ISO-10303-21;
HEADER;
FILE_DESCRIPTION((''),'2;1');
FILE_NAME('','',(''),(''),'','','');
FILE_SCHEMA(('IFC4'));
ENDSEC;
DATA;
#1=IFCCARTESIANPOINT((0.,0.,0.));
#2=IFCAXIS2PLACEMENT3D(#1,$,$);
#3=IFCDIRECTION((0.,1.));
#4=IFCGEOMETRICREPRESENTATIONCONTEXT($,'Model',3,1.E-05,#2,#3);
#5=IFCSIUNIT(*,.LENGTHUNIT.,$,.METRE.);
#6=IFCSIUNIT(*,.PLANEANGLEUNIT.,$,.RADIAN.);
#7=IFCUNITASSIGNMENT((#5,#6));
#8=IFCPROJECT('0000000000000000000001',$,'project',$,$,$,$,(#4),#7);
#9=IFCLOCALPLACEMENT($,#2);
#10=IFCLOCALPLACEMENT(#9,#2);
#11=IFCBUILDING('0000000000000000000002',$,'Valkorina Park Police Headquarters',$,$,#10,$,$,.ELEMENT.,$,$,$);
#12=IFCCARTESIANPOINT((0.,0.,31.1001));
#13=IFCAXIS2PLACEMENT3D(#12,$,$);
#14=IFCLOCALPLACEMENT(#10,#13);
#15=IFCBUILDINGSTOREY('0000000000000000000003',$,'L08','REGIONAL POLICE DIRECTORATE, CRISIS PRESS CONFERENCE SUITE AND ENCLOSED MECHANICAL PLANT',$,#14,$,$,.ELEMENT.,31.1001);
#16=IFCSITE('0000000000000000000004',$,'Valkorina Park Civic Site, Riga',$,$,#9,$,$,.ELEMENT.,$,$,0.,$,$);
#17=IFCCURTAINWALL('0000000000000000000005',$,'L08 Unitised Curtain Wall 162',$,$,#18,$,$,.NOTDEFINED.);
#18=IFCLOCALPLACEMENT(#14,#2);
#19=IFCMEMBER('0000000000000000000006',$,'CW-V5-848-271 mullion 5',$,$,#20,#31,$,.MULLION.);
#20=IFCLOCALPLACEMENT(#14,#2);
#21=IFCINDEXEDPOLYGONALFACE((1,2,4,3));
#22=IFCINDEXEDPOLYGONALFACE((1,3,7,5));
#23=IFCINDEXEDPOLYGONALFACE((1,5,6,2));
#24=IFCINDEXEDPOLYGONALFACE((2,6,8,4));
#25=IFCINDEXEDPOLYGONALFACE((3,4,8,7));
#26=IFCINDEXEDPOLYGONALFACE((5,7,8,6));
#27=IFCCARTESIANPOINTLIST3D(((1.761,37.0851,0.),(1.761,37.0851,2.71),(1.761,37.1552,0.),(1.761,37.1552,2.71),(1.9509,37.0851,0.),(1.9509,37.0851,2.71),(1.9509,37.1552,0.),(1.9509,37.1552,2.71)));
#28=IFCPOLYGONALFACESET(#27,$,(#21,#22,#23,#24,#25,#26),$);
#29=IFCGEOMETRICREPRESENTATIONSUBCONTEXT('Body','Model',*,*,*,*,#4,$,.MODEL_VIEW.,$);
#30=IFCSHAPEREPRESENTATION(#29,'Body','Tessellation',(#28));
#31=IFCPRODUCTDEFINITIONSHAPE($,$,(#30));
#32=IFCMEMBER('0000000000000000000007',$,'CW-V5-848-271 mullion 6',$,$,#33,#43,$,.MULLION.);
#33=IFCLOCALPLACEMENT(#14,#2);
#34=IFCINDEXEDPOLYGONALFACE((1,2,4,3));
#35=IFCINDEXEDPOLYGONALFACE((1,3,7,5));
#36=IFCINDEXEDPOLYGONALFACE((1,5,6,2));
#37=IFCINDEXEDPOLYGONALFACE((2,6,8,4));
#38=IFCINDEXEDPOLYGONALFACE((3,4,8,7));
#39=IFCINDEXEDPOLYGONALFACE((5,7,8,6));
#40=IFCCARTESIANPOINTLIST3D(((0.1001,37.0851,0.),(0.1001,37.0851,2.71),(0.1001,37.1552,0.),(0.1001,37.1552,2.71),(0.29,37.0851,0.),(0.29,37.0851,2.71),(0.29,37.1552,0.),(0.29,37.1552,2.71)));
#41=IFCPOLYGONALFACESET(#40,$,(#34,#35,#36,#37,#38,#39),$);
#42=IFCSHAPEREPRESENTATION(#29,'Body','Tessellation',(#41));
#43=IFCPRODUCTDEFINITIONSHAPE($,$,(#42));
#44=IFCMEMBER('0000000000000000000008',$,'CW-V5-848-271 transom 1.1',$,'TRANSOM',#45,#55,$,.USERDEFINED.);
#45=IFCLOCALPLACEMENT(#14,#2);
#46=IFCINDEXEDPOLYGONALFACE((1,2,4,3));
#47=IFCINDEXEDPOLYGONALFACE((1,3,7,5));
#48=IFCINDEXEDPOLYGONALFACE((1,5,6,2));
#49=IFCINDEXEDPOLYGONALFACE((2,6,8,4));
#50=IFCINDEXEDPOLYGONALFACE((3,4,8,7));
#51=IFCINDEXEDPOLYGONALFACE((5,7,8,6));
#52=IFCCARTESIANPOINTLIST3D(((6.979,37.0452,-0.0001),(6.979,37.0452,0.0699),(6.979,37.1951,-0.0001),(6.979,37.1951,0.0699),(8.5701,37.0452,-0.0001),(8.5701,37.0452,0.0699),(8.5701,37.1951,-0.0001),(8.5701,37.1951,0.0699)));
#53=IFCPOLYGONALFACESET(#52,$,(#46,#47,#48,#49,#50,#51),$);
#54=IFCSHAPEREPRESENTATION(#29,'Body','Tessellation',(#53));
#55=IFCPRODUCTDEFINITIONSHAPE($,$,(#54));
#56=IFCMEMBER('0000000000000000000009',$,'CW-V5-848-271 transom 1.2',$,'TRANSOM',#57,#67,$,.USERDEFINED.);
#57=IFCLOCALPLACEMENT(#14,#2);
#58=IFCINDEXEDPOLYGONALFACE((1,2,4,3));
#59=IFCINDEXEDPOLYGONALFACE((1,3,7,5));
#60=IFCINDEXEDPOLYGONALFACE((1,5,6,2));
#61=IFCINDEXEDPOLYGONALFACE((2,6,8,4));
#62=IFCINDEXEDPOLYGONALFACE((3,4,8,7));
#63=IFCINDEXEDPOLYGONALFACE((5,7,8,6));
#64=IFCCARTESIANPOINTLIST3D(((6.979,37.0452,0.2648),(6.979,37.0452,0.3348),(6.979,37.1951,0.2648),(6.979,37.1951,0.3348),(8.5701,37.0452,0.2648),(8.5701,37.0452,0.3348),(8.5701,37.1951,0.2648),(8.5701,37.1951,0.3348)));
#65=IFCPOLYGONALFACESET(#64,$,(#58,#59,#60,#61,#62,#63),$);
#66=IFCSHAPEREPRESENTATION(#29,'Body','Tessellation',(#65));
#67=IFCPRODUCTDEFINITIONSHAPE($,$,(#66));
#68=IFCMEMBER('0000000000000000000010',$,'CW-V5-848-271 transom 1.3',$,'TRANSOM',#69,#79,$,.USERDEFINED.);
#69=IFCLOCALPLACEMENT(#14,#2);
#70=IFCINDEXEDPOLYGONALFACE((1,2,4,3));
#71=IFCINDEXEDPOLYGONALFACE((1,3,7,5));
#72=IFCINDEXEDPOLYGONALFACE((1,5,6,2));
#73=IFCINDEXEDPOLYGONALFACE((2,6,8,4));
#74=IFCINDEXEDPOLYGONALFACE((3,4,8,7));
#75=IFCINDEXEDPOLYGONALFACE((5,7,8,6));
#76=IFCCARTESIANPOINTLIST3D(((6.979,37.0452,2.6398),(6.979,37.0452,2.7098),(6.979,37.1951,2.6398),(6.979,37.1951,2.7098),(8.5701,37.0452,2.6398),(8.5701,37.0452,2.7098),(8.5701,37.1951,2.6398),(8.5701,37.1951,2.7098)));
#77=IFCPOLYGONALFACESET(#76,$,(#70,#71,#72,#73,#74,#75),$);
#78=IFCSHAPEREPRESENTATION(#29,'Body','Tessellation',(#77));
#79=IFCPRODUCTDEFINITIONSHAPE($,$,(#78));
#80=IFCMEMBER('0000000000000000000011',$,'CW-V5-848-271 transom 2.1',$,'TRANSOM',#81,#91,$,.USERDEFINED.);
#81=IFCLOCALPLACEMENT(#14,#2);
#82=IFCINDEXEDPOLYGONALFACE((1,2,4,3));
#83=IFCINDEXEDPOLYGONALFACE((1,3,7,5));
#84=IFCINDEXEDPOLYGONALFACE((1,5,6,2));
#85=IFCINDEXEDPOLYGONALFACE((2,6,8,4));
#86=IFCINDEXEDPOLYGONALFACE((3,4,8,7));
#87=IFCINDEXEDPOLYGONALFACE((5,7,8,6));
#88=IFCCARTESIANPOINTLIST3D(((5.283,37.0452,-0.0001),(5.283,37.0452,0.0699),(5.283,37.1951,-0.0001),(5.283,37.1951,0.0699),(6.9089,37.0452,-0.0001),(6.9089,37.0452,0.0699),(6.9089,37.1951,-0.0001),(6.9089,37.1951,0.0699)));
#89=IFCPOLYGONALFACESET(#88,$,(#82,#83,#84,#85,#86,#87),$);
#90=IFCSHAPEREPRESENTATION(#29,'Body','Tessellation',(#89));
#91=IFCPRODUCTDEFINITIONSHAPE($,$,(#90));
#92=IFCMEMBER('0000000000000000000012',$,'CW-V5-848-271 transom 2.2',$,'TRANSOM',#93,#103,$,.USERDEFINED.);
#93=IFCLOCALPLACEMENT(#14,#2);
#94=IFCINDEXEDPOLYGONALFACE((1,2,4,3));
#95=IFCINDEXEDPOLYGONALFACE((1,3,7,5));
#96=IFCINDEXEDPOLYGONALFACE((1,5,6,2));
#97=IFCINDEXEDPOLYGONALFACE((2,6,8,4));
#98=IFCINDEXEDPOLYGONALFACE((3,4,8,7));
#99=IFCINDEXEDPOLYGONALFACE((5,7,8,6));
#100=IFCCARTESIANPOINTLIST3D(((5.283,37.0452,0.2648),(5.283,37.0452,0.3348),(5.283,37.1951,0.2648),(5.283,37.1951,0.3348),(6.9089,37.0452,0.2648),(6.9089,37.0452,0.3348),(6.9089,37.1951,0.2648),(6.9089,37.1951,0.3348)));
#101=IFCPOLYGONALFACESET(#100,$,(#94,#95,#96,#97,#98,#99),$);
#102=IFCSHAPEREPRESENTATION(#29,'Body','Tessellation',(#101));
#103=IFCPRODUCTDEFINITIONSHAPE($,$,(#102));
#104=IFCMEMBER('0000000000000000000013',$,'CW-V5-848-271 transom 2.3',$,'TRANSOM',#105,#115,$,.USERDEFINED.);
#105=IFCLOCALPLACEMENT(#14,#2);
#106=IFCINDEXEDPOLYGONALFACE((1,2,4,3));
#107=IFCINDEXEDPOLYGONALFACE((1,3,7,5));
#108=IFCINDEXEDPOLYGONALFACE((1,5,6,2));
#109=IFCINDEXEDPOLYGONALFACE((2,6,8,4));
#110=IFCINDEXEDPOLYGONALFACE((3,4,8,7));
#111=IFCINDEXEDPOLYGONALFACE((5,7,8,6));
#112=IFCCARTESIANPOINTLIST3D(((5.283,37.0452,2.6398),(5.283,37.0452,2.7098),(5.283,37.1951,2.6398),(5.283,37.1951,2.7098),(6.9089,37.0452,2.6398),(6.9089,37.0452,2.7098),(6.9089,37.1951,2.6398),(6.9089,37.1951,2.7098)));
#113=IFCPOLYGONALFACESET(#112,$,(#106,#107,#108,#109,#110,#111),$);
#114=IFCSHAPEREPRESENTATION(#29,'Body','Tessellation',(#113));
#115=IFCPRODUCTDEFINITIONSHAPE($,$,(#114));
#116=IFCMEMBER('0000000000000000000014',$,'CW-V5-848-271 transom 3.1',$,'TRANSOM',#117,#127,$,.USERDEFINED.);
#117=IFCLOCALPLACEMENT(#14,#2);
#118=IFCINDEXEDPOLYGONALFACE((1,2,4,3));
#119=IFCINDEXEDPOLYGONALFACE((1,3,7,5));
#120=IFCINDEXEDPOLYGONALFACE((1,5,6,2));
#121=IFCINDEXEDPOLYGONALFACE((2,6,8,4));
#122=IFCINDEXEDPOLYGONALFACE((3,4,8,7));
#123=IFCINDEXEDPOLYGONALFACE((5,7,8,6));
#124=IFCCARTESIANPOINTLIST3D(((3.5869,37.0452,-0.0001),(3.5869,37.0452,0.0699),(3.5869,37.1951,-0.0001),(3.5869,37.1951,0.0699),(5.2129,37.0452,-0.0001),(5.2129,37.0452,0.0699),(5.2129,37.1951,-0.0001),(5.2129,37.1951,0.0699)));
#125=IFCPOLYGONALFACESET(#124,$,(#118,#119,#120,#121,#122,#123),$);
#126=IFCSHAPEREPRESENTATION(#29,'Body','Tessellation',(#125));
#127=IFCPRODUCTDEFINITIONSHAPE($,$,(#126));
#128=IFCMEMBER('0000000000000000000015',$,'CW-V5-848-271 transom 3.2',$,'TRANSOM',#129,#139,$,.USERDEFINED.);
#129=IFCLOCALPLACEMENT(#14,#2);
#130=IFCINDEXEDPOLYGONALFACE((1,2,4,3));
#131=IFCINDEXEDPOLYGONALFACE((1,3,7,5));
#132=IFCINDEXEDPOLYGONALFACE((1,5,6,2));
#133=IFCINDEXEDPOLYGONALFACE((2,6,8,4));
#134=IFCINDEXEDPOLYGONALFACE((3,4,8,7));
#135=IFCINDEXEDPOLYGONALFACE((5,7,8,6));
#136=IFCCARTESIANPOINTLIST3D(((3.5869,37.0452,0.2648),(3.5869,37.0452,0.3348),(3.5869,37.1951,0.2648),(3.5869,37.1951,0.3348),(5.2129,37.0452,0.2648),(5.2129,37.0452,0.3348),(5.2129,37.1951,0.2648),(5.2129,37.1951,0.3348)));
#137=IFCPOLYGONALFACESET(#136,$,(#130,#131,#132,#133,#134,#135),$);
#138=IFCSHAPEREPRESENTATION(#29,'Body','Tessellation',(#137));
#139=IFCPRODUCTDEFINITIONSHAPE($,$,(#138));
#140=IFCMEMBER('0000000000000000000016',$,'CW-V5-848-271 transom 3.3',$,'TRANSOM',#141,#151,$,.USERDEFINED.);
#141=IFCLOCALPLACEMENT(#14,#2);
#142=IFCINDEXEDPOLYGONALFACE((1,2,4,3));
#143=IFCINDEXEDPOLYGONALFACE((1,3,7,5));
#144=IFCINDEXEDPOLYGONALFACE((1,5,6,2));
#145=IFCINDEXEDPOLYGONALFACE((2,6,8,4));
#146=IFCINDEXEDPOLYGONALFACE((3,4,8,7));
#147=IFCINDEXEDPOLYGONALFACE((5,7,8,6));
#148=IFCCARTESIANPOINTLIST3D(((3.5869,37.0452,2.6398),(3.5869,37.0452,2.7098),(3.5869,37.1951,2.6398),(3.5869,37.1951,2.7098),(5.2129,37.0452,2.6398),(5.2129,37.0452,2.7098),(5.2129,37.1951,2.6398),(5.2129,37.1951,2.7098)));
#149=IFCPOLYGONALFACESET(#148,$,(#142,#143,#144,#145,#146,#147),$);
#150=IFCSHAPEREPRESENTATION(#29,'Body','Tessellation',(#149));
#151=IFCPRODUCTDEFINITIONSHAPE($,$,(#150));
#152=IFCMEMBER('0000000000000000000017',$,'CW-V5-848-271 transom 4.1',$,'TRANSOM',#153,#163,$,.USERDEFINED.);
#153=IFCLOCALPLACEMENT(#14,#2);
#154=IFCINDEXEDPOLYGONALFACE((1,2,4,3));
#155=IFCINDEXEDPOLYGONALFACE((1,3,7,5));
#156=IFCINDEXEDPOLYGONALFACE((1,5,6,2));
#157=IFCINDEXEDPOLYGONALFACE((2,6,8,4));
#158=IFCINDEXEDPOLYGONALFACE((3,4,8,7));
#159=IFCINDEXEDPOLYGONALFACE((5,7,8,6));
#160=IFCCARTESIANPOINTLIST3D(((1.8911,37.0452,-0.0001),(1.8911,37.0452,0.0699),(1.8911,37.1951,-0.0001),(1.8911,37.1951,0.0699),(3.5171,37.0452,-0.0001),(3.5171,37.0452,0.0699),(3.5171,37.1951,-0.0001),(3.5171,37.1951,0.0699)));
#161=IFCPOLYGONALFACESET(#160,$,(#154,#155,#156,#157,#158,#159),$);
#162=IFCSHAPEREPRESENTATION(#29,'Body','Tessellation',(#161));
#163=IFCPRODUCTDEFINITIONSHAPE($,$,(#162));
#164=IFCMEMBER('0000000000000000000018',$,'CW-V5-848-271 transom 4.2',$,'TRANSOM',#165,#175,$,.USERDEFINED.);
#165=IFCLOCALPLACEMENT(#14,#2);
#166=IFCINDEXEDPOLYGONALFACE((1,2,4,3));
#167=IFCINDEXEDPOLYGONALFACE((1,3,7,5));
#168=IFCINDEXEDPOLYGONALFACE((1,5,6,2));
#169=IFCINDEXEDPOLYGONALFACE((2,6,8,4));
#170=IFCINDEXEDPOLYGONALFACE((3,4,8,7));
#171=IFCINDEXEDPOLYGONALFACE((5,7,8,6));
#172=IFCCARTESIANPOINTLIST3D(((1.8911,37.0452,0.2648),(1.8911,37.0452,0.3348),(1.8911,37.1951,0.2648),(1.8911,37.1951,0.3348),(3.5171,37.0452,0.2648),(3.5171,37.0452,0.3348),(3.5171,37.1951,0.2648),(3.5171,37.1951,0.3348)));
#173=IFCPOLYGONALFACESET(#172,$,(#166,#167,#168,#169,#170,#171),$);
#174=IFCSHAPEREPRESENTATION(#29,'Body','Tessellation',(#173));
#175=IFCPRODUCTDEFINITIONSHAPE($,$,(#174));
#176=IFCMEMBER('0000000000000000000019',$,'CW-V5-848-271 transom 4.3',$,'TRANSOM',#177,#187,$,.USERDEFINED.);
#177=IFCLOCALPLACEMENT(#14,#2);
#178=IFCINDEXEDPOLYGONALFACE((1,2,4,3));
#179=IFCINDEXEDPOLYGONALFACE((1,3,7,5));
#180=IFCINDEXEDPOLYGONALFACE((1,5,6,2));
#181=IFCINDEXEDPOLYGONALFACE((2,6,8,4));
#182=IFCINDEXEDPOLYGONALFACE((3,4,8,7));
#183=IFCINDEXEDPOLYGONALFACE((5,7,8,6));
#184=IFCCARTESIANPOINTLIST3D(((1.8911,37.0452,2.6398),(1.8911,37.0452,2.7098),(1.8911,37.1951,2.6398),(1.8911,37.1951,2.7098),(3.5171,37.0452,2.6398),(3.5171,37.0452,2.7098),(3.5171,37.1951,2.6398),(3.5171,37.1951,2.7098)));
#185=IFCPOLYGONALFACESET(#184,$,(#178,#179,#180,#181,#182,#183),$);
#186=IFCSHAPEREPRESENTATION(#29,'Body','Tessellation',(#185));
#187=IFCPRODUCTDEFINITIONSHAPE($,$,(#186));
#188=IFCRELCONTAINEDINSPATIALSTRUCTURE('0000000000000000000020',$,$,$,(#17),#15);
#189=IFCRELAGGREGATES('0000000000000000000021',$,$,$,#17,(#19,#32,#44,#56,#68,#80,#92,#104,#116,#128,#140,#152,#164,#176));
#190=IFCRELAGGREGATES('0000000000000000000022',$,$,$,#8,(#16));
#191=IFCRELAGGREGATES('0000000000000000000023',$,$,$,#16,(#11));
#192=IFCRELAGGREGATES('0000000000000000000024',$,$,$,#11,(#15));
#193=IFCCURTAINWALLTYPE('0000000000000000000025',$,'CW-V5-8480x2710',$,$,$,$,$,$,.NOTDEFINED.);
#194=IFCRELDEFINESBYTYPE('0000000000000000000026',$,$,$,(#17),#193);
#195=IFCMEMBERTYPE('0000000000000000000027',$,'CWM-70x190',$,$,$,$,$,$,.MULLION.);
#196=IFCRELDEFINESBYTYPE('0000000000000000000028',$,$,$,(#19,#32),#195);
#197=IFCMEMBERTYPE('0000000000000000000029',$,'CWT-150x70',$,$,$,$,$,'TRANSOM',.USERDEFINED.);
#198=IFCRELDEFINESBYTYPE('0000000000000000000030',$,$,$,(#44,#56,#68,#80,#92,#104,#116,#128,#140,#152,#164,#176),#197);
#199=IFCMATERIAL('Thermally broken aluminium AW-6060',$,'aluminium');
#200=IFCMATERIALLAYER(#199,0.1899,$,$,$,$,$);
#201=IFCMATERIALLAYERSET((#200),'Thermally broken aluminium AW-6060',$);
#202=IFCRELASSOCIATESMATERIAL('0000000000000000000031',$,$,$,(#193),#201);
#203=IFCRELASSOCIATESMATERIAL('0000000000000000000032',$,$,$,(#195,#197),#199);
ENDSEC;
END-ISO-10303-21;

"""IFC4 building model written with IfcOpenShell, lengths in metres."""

from ifc_helpers import new_model, si_unit, direction, frame, origin, origin_2d, place, context, subcontext, project, spatial, rectangle, extrude, material, layer, layer_set, material_profile, profile_set, type_object, element, aggregate, save


model = new_model("IFC4")

# Units and contexts
model_context = context("Model", 3, precision=1e-05, world=origin(), true_north=direction((0.0, 1.0)))
body_context = subcontext(model_context, "Body", "Model", "MODEL_VIEW")
ifc_project = project(units=[si_unit("LENGTHUNIT", "METRE"), si_unit("PLANEANGLEUNIT", "RADIAN")], contexts=[model_context])

# Site, building, storey
site_placement = place(None, origin())
site = spatial("IfcSite", under=ifc_project, at=site_placement, Name="Valkorina Park Civic Site, Riga", CompositionType="ELEMENT", RefElevation=0.0)
building_placement = place(site_placement, origin())
building = spatial("IfcBuilding", under=site, at=building_placement, Name="Valkorina Park Police Headquarters", CompositionType="ELEMENT")
storey_placement = place(building_placement, frame((0.0, 0.0, 31.1001)))
storey = spatial("IfcBuildingStorey", under=building, at=storey_placement, Name="L08", Description="REGIONAL POLICE DIRECTORATE, CRISIS PRESS CONFERENCE SUITE AND ENCLOSED MECHANICAL PLANT", CompositionType="ELEMENT", Elevation=31.1001)

# Curtain wall, members
ifc_material_1 = material(Name="Thermally broken aluminium AW-6060", Category="aluminium")
ifc_layer_1 = layer(ifc_material_1, 0.1899)
ifc_layer_set_1 = layer_set([ifc_layer_1], Name="Thermally broken aluminium AW-6060")
curtain_wall_type = type_object("IfcCurtainWallType", Name="CW-V5-8480x2710", PredefinedType="NOTDEFINED", material=ifc_layer_set_1)
curtain_wall_placement = place(storey_placement, origin())
curtain_wall = element("IfcCurtainWall", 1, at=curtain_wall_placement, inside=storey, type_object=curtain_wall_type, Name="L08 Unitised Curtain Wall 162", PredefinedType="NOTDEFINED")
ifc_material_profile_1 = material_profile(ifc_material_1, rectangle(XDim=0.0701, YDim=0.1899, at=origin_2d()), Name="CWM-02 70x190")
ifc_profile_set_1 = profile_set([ifc_material_profile_1], Name="Thermally broken aluminium AW-6060")
member_type_1 = type_object("IfcMemberType", Name="CWM-70x190", PredefinedType="MULLION", material=ifc_profile_set_1)
member_1_placement = place(storey_placement, frame((1.856, 37.1201, 0.0), z_axis=(0.0, 0.0, 1.0), x_axis=(0.0, -1.0, 0.0)))
member_1 = element("IfcMember", 2, at=member_1_placement, type_object=member_type_1, Name="CW-V5-848-271 mullion 5", PredefinedType="MULLION", context=body_context, shape_type="SweptSolid", body=[
    extrude(rectangle(XDim=0.0701, YDim=0.1899, at=origin_2d()), origin(), (0.0, 0.0, 1.0), 2.71),
])
member_2_placement = place(storey_placement, frame((0.1951, 37.1201, 0.0), z_axis=(0.0, 0.0, 1.0), x_axis=(0.0, -1.0, 0.0)))
member_2 = element("IfcMember", 3, at=member_2_placement, type_object=member_type_1, Name="CW-V5-848-271 mullion 6", PredefinedType="MULLION", context=body_context, shape_type="SweptSolid", body=[
    extrude(rectangle(XDim=0.0701, YDim=0.1899, at=origin_2d()), origin(), (0.0, 0.0, 1.0), 2.71),
])
ifc_material_profile_2 = material_profile(ifc_material_1, rectangle(XDim=0.1499, YDim=0.0701, at=origin_2d()), Name="CWT-02 150x70")
ifc_profile_set_2 = profile_set([ifc_material_profile_2], Name="Thermally broken aluminium AW-6060")
member_type_2 = type_object("IfcMemberType", Name="CWT-150x70", ElementType="TRANSOM", PredefinedType="USERDEFINED", material=ifc_profile_set_2)
member_3_placement = place(storey_placement, frame((8.5701, 37.1201, 0.0349), z_axis=(-1.0, 0.0, 0.0), x_axis=(0.0, -1.0, 0.0)))
member_3 = element("IfcMember", 4, at=member_3_placement, type_object=member_type_2, Name="CW-V5-848-271 transom 1.1", ObjectType="TRANSOM", PredefinedType="USERDEFINED", context=body_context, shape_type="SweptSolid", body=[
    extrude(rectangle(XDim=0.1499, YDim=0.0701, at=origin_2d()), origin(), (0.0, 0.0, 1.0), 1.5911),
])
member_4_placement = place(storey_placement, frame((8.5701, 37.1201, 0.2998), z_axis=(-1.0, 0.0, 0.0), x_axis=(0.0, -1.0, 0.0)))
member_4 = element("IfcMember", 5, at=member_4_placement, type_object=member_type_2, Name="CW-V5-848-271 transom 1.2", ObjectType="TRANSOM", PredefinedType="USERDEFINED", context=body_context, shape_type="SweptSolid", body=[
    extrude(rectangle(XDim=0.1499, YDim=0.0701, at=origin_2d()), origin(), (0.0, 0.0, 1.0), 1.5911),
])
member_5_placement = place(storey_placement, frame((8.5701, 37.1201, 2.6748), z_axis=(-1.0, 0.0, 0.0), x_axis=(0.0, -1.0, 0.0)))
member_5 = element("IfcMember", 6, at=member_5_placement, type_object=member_type_2, Name="CW-V5-848-271 transom 1.3", ObjectType="TRANSOM", PredefinedType="USERDEFINED", context=body_context, shape_type="SweptSolid", body=[
    extrude(rectangle(XDim=0.1499, YDim=0.0701, at=origin_2d()), origin(), (0.0, 0.0, 1.0), 1.5911),
])
member_6_placement = place(storey_placement, frame((6.9089, 37.1201, 0.0349), z_axis=(-1.0, 0.0, 0.0), x_axis=(0.0, -1.0, 0.0)))
member_6 = element("IfcMember", 7, at=member_6_placement, type_object=member_type_2, Name="CW-V5-848-271 transom 2.1", ObjectType="TRANSOM", PredefinedType="USERDEFINED", context=body_context, shape_type="SweptSolid", body=[
    extrude(rectangle(XDim=0.1499, YDim=0.0701, at=origin_2d()), origin(), (0.0, 0.0, 1.0), 1.626),
])
member_7_placement = place(storey_placement, frame((6.9089, 37.1201, 0.2998), z_axis=(-1.0, 0.0, 0.0), x_axis=(0.0, -1.0, 0.0)))
member_7 = element("IfcMember", 8, at=member_7_placement, type_object=member_type_2, Name="CW-V5-848-271 transom 2.2", ObjectType="TRANSOM", PredefinedType="USERDEFINED", context=body_context, shape_type="SweptSolid", body=[
    extrude(rectangle(XDim=0.1499, YDim=0.0701, at=origin_2d()), origin(), (0.0, 0.0, 1.0), 1.626),
])
member_8_placement = place(storey_placement, frame((6.9089, 37.1201, 2.6748), z_axis=(-1.0, 0.0, 0.0), x_axis=(0.0, -1.0, 0.0)))
member_8 = element("IfcMember", 9, at=member_8_placement, type_object=member_type_2, Name="CW-V5-848-271 transom 2.3", ObjectType="TRANSOM", PredefinedType="USERDEFINED", context=body_context, shape_type="SweptSolid", body=[
    extrude(rectangle(XDim=0.1499, YDim=0.0701, at=origin_2d()), origin(), (0.0, 0.0, 1.0), 1.626),
])
member_9_placement = place(storey_placement, frame((5.2129, 37.1201, 0.0349), z_axis=(-1.0, 0.0, 0.0), x_axis=(0.0, -1.0, 0.0)))
member_9 = element("IfcMember", 10, at=member_9_placement, type_object=member_type_2, Name="CW-V5-848-271 transom 3.1", ObjectType="TRANSOM", PredefinedType="USERDEFINED", context=body_context, shape_type="SweptSolid", body=[
    extrude(rectangle(XDim=0.1499, YDim=0.0701, at=origin_2d()), origin(), (0.0, 0.0, 1.0), 1.626),
])
member_10_placement = place(storey_placement, frame((5.2129, 37.1201, 0.2998), z_axis=(-1.0, 0.0, 0.0), x_axis=(0.0, -1.0, 0.0)))
member_10 = element("IfcMember", 11, at=member_10_placement, type_object=member_type_2, Name="CW-V5-848-271 transom 3.2", ObjectType="TRANSOM", PredefinedType="USERDEFINED", context=body_context, shape_type="SweptSolid", body=[
    extrude(rectangle(XDim=0.1499, YDim=0.0701, at=origin_2d()), origin(), (0.0, 0.0, 1.0), 1.626),
])
member_11_placement = place(storey_placement, frame((5.2129, 37.1201, 2.6748), z_axis=(-1.0, 0.0, 0.0), x_axis=(0.0, -1.0, 0.0)))
member_11 = element("IfcMember", 12, at=member_11_placement, type_object=member_type_2, Name="CW-V5-848-271 transom 3.3", ObjectType="TRANSOM", PredefinedType="USERDEFINED", context=body_context, shape_type="SweptSolid", body=[
    extrude(rectangle(XDim=0.1499, YDim=0.0701, at=origin_2d()), origin(), (0.0, 0.0, 1.0), 1.626),
])
member_12_placement = place(storey_placement, frame((3.5171, 37.1201, 0.0349), z_axis=(-1.0, 0.0, 0.0), x_axis=(0.0, -1.0, 0.0)))
member_12 = element("IfcMember", 13, at=member_12_placement, type_object=member_type_2, Name="CW-V5-848-271 transom 4.1", ObjectType="TRANSOM", PredefinedType="USERDEFINED", context=body_context, shape_type="SweptSolid", body=[
    extrude(rectangle(XDim=0.1499, YDim=0.0701, at=origin_2d()), origin(), (0.0, 0.0, 1.0), 1.626),
])
member_13_placement = place(storey_placement, frame((3.5171, 37.1201, 0.2998), z_axis=(-1.0, 0.0, 0.0), x_axis=(0.0, -1.0, 0.0)))
member_13 = element("IfcMember", 14, at=member_13_placement, type_object=member_type_2, Name="CW-V5-848-271 transom 4.2", ObjectType="TRANSOM", PredefinedType="USERDEFINED", context=body_context, shape_type="SweptSolid", body=[
    extrude(rectangle(XDim=0.1499, YDim=0.0701, at=origin_2d()), origin(), (0.0, 0.0, 1.0), 1.626),
])
member_14_placement = place(storey_placement, frame((3.5171, 37.1201, 2.6748), z_axis=(-1.0, 0.0, 0.0), x_axis=(0.0, -1.0, 0.0)))
member_14 = element("IfcMember", 15, at=member_14_placement, type_object=member_type_2, Name="CW-V5-848-271 transom 4.3", ObjectType="TRANSOM", PredefinedType="USERDEFINED", context=body_context, shape_type="SweptSolid", body=[
    extrude(rectangle(XDim=0.1499, YDim=0.0701, at=origin_2d()), origin(), (0.0, 0.0, 1.0), 1.626),
])
aggregate(curtain_wall, [member_1, member_2, member_3, member_4, member_5, member_6, member_7, member_8, member_9, member_10, member_11, member_12, member_13, member_14])

save(model, "model.ifc")
